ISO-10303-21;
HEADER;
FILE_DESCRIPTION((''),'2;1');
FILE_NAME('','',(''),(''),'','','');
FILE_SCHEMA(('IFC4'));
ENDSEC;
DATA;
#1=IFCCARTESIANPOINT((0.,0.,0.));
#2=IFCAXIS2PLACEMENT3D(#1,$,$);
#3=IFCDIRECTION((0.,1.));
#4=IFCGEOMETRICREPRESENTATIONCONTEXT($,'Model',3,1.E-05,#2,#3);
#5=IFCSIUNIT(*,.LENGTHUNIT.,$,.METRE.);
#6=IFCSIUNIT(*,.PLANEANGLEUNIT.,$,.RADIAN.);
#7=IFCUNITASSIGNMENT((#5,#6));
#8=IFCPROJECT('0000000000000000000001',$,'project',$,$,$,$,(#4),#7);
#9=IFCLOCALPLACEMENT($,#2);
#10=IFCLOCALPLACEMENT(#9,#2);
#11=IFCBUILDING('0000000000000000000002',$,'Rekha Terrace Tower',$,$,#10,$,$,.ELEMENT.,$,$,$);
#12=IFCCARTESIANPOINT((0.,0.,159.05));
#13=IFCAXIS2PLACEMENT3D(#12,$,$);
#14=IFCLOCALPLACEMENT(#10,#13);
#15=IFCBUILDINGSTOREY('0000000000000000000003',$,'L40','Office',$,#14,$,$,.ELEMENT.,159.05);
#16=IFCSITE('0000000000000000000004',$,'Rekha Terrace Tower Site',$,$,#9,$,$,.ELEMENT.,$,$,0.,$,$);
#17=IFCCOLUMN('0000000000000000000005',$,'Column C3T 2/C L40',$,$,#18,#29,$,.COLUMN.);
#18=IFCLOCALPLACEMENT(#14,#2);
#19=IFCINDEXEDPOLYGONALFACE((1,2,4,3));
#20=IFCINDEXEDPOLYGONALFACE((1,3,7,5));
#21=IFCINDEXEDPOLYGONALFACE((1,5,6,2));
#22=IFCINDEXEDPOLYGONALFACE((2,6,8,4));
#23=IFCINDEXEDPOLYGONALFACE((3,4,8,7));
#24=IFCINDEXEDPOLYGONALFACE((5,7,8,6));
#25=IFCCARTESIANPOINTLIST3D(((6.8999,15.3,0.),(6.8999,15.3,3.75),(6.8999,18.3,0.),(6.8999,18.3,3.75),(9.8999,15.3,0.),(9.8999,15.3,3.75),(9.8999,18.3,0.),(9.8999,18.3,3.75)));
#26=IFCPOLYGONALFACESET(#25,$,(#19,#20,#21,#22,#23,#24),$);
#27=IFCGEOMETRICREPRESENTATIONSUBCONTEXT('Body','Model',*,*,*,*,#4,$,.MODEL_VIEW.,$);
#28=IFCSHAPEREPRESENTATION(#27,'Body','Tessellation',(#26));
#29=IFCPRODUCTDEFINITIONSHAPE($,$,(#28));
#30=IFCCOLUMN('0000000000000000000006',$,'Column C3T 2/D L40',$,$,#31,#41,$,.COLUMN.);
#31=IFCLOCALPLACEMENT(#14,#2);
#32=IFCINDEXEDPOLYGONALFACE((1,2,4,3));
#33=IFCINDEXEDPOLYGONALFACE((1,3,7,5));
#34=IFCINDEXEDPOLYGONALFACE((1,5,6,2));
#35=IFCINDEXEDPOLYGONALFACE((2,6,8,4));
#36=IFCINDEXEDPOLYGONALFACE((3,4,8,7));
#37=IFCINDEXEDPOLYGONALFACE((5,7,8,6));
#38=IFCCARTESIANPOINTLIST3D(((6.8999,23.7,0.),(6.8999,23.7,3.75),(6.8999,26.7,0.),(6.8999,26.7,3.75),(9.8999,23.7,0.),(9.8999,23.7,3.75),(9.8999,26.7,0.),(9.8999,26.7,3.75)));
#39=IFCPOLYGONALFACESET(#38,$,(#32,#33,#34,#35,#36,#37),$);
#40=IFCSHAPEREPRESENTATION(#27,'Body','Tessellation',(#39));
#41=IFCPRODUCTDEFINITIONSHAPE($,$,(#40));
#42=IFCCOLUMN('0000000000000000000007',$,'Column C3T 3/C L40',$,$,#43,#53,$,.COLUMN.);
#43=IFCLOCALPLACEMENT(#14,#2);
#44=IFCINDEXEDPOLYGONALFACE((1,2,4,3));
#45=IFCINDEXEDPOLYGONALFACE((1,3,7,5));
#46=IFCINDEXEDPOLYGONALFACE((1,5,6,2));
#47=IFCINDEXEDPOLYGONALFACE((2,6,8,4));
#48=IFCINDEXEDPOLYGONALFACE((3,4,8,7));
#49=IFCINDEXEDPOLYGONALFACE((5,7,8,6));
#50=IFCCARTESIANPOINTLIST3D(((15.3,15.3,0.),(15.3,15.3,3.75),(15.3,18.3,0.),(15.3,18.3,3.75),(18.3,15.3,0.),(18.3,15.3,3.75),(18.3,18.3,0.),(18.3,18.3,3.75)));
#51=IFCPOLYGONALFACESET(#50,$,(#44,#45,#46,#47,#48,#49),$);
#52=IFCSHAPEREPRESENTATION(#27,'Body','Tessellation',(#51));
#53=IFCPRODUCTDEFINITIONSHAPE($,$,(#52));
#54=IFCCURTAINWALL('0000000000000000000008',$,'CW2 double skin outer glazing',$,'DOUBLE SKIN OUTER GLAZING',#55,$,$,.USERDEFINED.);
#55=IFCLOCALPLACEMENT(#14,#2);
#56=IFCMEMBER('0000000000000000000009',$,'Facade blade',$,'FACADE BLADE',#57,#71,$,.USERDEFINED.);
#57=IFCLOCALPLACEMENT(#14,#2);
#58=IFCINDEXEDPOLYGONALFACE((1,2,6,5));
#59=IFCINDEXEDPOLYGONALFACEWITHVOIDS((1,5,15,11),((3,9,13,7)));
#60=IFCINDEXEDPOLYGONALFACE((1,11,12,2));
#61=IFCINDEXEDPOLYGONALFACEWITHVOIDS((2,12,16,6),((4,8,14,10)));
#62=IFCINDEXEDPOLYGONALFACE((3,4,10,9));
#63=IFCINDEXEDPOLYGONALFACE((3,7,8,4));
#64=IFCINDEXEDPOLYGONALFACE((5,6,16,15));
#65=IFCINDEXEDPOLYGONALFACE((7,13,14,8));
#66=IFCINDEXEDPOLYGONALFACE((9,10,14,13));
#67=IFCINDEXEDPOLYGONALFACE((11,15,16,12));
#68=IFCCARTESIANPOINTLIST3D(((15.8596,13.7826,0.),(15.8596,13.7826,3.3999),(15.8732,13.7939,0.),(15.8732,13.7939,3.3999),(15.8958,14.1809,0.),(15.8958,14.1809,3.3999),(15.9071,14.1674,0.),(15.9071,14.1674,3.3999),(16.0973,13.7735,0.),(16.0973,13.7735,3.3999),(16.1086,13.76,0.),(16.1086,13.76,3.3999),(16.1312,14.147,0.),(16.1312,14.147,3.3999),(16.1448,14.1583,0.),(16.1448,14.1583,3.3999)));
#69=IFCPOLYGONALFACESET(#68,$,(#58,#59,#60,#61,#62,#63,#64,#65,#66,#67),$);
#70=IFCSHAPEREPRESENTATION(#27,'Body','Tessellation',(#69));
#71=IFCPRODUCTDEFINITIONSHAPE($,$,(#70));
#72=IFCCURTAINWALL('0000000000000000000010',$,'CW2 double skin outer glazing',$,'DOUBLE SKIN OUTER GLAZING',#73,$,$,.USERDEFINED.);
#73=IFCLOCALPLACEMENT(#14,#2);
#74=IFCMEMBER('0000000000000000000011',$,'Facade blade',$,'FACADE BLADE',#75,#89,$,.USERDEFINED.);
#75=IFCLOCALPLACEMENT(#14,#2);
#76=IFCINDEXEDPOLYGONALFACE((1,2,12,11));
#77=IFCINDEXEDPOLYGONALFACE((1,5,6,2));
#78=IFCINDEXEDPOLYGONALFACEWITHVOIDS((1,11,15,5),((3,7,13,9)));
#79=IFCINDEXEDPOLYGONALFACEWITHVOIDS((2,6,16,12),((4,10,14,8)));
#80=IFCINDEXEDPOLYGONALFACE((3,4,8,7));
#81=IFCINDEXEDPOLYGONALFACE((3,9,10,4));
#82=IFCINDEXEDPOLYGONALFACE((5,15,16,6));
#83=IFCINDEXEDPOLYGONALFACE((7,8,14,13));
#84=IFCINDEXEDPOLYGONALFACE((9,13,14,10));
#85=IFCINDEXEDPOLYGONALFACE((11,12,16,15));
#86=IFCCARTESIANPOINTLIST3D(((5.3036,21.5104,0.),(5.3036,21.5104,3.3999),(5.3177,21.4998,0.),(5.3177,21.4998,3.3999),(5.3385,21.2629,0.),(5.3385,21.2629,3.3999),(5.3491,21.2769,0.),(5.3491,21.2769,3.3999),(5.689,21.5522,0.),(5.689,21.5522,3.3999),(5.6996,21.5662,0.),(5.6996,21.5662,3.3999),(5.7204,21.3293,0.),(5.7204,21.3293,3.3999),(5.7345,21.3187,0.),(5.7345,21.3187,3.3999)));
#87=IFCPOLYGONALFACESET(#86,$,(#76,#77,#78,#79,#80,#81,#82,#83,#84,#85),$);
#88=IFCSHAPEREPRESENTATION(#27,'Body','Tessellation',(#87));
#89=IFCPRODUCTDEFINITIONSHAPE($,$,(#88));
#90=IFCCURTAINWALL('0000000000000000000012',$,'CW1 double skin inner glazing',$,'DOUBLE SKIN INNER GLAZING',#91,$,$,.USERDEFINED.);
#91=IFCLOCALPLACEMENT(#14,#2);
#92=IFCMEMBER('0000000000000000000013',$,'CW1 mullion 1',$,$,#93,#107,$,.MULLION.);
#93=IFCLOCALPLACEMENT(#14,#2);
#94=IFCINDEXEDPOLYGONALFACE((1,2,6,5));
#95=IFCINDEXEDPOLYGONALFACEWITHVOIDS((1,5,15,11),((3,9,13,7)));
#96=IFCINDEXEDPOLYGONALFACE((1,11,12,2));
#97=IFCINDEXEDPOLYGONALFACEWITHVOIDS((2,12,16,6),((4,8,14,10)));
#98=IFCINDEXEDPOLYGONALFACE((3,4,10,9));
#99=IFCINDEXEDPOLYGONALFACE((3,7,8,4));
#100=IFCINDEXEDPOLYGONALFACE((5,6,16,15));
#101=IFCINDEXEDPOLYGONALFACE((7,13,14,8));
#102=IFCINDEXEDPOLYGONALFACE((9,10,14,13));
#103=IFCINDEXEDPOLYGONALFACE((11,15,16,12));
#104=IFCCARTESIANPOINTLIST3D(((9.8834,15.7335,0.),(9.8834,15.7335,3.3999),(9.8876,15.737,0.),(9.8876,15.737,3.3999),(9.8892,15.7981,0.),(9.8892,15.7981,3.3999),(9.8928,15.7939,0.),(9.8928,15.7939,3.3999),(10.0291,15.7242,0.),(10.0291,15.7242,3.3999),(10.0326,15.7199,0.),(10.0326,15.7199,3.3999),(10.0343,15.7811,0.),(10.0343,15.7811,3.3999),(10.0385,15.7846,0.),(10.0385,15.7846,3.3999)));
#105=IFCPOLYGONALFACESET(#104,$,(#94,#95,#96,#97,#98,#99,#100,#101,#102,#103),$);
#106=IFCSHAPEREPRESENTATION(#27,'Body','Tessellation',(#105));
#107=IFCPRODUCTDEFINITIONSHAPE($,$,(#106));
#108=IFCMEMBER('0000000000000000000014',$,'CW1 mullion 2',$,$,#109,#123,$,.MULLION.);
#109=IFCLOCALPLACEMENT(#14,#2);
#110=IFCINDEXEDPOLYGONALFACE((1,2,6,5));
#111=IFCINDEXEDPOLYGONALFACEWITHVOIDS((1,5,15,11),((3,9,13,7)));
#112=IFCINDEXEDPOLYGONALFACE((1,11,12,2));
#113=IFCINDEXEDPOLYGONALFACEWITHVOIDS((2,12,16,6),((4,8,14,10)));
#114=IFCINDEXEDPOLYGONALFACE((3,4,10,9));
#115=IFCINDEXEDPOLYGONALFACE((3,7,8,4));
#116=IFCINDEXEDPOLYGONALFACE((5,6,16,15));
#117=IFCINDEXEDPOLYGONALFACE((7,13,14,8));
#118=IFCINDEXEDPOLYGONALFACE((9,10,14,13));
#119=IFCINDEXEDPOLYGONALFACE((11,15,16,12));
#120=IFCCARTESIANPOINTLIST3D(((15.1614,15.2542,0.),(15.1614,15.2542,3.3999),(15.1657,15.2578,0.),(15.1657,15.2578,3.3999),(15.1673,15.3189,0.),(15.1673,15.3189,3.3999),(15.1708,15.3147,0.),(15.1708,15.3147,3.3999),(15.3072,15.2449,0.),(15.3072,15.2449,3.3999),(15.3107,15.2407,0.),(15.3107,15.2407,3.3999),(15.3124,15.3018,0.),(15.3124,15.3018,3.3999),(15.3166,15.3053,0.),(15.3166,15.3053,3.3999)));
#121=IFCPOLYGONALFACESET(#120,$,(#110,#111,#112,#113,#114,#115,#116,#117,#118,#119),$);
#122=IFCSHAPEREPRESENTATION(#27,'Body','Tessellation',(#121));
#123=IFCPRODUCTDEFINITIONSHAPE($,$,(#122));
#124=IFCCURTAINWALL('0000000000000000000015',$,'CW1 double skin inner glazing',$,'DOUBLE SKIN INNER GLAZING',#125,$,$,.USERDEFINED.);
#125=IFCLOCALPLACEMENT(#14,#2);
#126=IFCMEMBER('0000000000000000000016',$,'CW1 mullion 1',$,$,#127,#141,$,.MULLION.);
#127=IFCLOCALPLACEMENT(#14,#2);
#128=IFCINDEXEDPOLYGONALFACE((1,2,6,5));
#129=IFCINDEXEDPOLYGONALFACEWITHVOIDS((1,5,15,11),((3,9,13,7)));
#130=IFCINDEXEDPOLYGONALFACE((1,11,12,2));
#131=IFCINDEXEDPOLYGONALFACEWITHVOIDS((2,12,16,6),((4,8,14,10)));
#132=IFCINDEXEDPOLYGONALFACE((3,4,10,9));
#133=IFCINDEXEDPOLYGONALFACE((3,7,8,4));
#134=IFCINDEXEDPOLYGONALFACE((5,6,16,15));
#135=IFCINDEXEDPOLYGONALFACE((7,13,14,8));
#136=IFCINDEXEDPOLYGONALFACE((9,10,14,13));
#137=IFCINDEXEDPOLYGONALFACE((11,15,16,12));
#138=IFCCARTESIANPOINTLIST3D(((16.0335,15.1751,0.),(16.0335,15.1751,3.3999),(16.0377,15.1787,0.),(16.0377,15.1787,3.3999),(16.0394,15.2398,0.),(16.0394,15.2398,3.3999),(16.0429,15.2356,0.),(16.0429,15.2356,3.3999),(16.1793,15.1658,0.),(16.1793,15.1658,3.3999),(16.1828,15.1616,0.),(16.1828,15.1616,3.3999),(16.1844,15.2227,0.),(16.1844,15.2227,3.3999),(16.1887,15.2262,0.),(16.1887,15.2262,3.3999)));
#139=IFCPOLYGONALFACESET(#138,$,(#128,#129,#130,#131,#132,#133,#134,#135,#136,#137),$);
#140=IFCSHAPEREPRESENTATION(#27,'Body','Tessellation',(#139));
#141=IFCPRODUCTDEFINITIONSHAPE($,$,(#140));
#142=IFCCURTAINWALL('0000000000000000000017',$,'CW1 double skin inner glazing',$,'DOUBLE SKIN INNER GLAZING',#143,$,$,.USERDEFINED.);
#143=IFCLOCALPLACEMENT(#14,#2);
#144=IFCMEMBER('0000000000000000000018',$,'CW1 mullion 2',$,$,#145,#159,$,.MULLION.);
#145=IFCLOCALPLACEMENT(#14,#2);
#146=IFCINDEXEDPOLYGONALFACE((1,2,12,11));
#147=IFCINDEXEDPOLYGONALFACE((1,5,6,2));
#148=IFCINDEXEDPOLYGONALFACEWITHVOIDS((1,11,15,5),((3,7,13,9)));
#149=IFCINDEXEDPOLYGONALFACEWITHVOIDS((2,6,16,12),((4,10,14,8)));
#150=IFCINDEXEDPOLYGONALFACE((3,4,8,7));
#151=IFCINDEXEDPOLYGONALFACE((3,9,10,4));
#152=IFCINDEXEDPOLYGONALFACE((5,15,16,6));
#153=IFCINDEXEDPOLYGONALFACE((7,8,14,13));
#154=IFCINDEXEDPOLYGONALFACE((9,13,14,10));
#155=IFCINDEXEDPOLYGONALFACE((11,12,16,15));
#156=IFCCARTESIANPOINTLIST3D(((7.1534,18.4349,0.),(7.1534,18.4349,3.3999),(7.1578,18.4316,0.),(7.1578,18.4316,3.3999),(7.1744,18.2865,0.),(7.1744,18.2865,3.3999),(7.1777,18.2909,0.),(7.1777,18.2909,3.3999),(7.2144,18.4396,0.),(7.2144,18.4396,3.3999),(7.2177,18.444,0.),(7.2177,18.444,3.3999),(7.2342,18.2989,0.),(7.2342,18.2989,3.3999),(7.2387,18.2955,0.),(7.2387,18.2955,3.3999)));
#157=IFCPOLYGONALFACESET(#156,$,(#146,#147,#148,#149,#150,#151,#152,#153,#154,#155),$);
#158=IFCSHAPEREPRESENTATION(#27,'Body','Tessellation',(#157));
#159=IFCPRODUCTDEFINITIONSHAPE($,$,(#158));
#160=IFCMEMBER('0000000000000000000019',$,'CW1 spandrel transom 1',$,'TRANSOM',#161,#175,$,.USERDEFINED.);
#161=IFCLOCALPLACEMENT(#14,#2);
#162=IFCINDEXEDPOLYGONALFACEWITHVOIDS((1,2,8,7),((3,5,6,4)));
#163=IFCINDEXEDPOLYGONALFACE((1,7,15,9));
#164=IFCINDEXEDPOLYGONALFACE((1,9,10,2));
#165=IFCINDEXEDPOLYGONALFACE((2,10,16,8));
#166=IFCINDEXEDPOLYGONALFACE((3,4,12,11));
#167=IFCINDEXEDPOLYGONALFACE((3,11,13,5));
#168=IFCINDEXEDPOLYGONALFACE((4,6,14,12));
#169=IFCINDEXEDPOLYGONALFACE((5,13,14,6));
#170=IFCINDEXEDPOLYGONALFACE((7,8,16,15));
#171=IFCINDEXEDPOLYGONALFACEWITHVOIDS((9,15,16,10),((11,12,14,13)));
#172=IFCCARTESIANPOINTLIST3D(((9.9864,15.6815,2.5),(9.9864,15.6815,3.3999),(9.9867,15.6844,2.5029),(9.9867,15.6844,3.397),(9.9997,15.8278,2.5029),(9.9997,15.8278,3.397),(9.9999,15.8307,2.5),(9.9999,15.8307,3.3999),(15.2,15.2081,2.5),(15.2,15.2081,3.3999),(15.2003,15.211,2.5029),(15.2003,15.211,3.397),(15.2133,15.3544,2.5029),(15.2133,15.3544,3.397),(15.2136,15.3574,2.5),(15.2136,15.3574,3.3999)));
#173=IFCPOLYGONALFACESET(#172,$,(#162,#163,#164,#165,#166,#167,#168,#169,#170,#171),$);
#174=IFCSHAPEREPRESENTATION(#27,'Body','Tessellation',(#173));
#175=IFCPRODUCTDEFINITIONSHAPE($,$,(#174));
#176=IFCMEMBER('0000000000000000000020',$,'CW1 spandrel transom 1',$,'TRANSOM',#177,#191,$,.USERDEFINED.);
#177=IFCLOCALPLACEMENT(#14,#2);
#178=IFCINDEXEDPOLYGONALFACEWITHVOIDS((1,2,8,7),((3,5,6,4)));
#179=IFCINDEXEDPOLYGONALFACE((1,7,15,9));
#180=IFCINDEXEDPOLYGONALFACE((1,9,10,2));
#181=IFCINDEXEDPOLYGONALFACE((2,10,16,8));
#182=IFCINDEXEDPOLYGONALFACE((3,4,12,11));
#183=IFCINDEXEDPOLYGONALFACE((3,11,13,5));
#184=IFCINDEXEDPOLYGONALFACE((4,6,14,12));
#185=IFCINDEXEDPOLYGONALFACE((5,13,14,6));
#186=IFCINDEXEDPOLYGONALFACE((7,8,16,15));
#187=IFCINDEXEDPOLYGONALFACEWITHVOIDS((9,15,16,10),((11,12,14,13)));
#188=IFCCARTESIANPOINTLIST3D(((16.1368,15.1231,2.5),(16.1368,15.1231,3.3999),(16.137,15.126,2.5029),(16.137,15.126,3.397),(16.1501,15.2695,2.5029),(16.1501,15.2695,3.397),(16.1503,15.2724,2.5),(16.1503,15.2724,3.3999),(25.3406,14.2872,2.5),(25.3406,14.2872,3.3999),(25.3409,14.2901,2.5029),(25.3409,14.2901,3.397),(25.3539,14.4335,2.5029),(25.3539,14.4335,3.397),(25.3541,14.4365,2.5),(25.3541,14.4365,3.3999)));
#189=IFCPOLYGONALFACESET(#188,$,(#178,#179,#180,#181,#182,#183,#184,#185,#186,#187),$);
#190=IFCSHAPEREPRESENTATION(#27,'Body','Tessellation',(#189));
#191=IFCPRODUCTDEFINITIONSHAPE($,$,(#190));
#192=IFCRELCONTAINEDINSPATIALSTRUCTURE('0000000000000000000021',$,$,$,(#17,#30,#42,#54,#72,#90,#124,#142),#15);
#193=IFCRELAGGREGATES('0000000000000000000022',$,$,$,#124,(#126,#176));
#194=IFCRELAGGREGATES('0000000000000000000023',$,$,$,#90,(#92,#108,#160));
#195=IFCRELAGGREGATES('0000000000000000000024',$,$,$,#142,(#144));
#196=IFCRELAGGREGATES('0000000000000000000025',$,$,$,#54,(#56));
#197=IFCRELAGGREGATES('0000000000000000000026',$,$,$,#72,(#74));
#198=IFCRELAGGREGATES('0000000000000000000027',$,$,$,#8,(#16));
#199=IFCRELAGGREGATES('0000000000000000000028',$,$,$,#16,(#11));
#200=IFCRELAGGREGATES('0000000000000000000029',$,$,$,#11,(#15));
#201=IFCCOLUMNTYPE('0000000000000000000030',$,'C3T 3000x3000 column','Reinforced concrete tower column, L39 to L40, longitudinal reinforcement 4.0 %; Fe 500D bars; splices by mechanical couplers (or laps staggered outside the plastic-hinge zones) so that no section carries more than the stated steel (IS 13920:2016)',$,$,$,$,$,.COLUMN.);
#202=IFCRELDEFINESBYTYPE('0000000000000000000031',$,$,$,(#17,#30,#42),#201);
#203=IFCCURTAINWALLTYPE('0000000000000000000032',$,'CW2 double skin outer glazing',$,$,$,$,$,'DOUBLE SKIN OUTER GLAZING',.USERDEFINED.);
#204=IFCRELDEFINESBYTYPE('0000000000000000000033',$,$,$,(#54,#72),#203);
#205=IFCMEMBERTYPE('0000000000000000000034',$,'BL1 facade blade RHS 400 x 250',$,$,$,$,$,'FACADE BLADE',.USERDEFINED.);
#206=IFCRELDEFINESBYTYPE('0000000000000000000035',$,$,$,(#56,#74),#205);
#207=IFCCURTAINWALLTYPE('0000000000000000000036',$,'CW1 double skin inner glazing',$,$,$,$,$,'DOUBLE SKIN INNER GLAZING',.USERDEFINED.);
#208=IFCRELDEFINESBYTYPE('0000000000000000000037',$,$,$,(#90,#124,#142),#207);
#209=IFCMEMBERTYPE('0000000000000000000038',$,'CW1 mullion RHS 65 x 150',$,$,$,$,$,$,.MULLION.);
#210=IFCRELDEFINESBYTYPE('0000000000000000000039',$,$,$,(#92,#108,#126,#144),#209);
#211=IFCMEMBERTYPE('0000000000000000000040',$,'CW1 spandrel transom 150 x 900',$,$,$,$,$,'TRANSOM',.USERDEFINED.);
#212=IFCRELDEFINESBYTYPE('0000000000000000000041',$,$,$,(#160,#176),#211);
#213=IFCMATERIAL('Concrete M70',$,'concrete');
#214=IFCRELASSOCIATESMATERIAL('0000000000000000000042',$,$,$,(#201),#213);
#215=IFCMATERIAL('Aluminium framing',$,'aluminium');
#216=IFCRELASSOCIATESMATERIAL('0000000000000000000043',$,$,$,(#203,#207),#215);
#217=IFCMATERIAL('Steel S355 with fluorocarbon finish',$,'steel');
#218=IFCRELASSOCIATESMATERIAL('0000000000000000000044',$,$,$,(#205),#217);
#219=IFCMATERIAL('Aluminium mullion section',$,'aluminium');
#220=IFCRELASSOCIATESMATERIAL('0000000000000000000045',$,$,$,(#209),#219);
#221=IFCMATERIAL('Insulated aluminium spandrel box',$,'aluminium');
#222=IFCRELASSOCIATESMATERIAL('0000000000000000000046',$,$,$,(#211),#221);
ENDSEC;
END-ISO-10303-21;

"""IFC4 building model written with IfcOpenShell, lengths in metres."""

from ifc_helpers import new_model, si_unit, direction, frame, origin, origin_2d, place, context, subcontext, project, spatial, rectangle, hollow_rectangle, extrude, material, material_profile, profile_set, type_object, element, aggregate, save


model = new_model("IFC4")

# Units and contexts
model_context = context("Model", 3, precision=1e-05, world=origin(), true_north=direction((0.0, 1.0)))
body_context = subcontext(model_context, "Body", "Model", "MODEL_VIEW")
ifc_project = project(units=[si_unit("LENGTHUNIT", "METRE"), si_unit("PLANEANGLEUNIT", "RADIAN")], contexts=[model_context])

# Site, building, storey
site_placement = place(None, origin())
site = spatial("IfcSite", under=ifc_project, at=site_placement, Name="Rekha Terrace Tower Site", CompositionType="ELEMENT", RefElevation=0.0)
building_placement = place(site_placement, origin())
building = spatial("IfcBuilding", under=site, at=building_placement, Name="Rekha Terrace Tower", CompositionType="ELEMENT")
storey_placement = place(building_placement, frame((0.0, 0.0, 159.05)))
storey = spatial("IfcBuildingStorey", under=building, at=storey_placement, Name="L40", Description="Office", CompositionType="ELEMENT", Elevation=159.05)

# Columns
ifc_material_1 = material(Name="Concrete M70", Category="concrete")
ifc_material_profile_1 = material_profile(ifc_material_1, rectangle(XDim=3.0, YDim=3.0, at=origin_2d()), Name="RC 3000x3000")
ifc_profile_set_1 = profile_set([ifc_material_profile_1], Name="Concrete M70")
column_type = type_object("IfcColumnType", Name="C3T 3000x3000 column", Description="Reinforced concrete tower column, L39 to L40, longitudinal reinforcement 4.0 %; Fe 500D bars; splices by mechanical couplers (or laps staggered outside the plastic-hinge zones) so that no section carries more than the stated steel (IS 13920:2016)", PredefinedType="COLUMN", material=ifc_profile_set_1)
for number, where, z_axis, x_axis, name in (
    (1, (8.3999, 16.8, 0.0), (0.0, 0.0, 1.0), (1.0, 0.0, 0.0), "Column C3T 2/C L40"),
    (2, (8.3999, 25.2, 0.0), (0.0, 0.0, 1.0), (1.0, 0.0, 0.0), "Column C3T 2/D L40"),
    (3, (16.8, 16.8, 0.0), (0.0, 0.0, 1.0), (1.0, 0.0, 0.0), "Column C3T 3/C L40"),
):
    element("IfcColumn", number, at=place(storey_placement, frame(where, z_axis=z_axis, x_axis=x_axis)), inside=storey, type_object=column_type, Name=name, PredefinedType="COLUMN", context=body_context, shape_type="SweptSolid", body=[
        extrude(rectangle(XDim=3.0, YDim=3.0, at=origin_2d()), origin(), (0.0, 0.0, 1.0), 3.75),
    ])

# Curtain walls, members
ifc_material_2 = material(Name="Aluminium framing", Category="aluminium")
curtain_wall_type_1 = type_object("IfcCurtainWallType", Name="CW2 double skin outer glazing", ElementType="DOUBLE SKIN OUTER GLAZING", PredefinedType="USERDEFINED", material=ifc_material_2)
curtain_wall_1_placement = place(storey_placement, origin())
curtain_wall_1 = element("IfcCurtainWall", 4, at=curtain_wall_1_placement, inside=storey, type_object=curtain_wall_type_1, Name="CW2 double skin outer glazing", ObjectType="DOUBLE SKIN OUTER GLAZING", PredefinedType="USERDEFINED")
ifc_material_3 = material(Name="Steel S355 with fluorocarbon finish", Category="steel")
ifc_material_profile_2 = material_profile(ifc_material_3, hollow_rectangle(XDim=0.25, YDim=0.3999, WallThickness=0.0125, at=origin_2d()), Name="RHS400x250x12.5")
ifc_profile_set_2 = profile_set([ifc_material_profile_2], Name="Steel S355 with fluorocarbon finish")
member_type_1 = type_object("IfcMemberType", Name="BL1 facade blade RHS 400 x 250", ElementType="FACADE BLADE", PredefinedType="USERDEFINED", material=ifc_profile_set_2)
member_1_placement = place(storey_placement, frame((16.0022, 13.9705, 0.0), z_axis=(0.0, 0.0, 1.0), x_axis=(0.995902, -0.09044, 0.0)))
member_1 = element("IfcMember", 5, at=member_1_placement, type_object=member_type_1, Name="Facade blade", ObjectType="FACADE BLADE", PredefinedType="USERDEFINED", context=body_context, shape_type="SweptSolid", body=[
    extrude(hollow_rectangle(XDim=0.25, YDim=0.3999, WallThickness=0.0125, at=origin_2d()), origin(), (0.0, 0.0, 1.0), 3.3999),
])
curtain_wall_2_placement = place(storey_placement, origin())
curtain_wall_2 = element("IfcCurtainWall", 6, at=curtain_wall_2_placement, inside=storey, type_object=curtain_wall_type_1, Name="CW2 double skin outer glazing", ObjectType="DOUBLE SKIN OUTER GLAZING", PredefinedType="USERDEFINED")
member_2_placement = place(storey_placement, frame((5.519, 21.4146, 0.0), z_axis=(0.0, 0.0, 1.0), x_axis=(0.139597, -0.990208, 0.0)))
member_2 = element("IfcMember", 7, at=member_2_placement, type_object=member_type_1, Name="Facade blade", ObjectType="FACADE BLADE", PredefinedType="USERDEFINED", context=body_context, shape_type="SweptSolid", body=[
    extrude(hollow_rectangle(XDim=0.25, YDim=0.3999, WallThickness=0.0125, at=origin_2d()), origin(), (0.0, 0.0, 1.0), 3.3999),
])

# Curtain wall, members
curtain_wall_type_2 = type_object("IfcCurtainWallType", Name="CW1 double skin inner glazing", ElementType="DOUBLE SKIN INNER GLAZING", PredefinedType="USERDEFINED", material=ifc_material_2)
curtain_wall_3_placement = place(storey_placement, origin())
curtain_wall_3 = element("IfcCurtainWall", 8, at=curtain_wall_3_placement, inside=storey, type_object=curtain_wall_type_2, Name="CW1 double skin inner glazing", ObjectType="DOUBLE SKIN INNER GLAZING", PredefinedType="USERDEFINED")
ifc_material_4 = material(Name="Aluminium mullion section", Category="aluminium")
ifc_material_profile_3 = material_profile(ifc_material_4, hollow_rectangle(XDim=0.0649, YDim=0.1499, WallThickness=0.0039, at=origin_2d()), Name="AL RHS 65x150")
ifc_profile_set_3 = profile_set([ifc_material_profile_3], Name="Aluminium mullion section")
member_type_2 = type_object("IfcMemberType", Name="CW1 mullion RHS 65 x 150", PredefinedType="MULLION", material=ifc_profile_set_3)
member_3_placement = place(storey_placement, frame((9.9609, 15.759, 0.0), z_axis=(0.0, 0.0, 1.0), x_axis=(0.09044, 0.995902, 0.0)))
member_3 = element("IfcMember", 9, at=member_3_placement, type_object=member_type_2, Name="CW1 mullion 1", PredefinedType="MULLION", context=body_context, shape_type="SweptSolid", body=[
    extrude(hollow_rectangle(XDim=0.0649, YDim=0.1499, WallThickness=0.0039, at=origin_2d()), origin(), (0.0, 0.0, 1.0), 3.3999),
])
member_4_placement = place(storey_placement, frame((15.239, 15.2798, 0.0), z_axis=(0.0, 0.0, 1.0), x_axis=(0.09044, 0.995902, 0.0)))
member_4 = element("IfcMember", 10, at=member_4_placement, type_object=member_type_2, Name="CW1 mullion 2", PredefinedType="MULLION", context=body_context, shape_type="SweptSolid", body=[
    extrude(hollow_rectangle(XDim=0.0649, YDim=0.1499, WallThickness=0.0039, at=origin_2d()), origin(), (0.0, 0.0, 1.0), 3.3999),
])

# Curtain walls, members
curtain_wall_4_placement = place(storey_placement, origin())
curtain_wall_4 = element("IfcCurtainWall", 11, at=curtain_wall_4_placement, inside=storey, type_object=curtain_wall_type_2, Name="CW1 double skin inner glazing", ObjectType="DOUBLE SKIN INNER GLAZING", PredefinedType="USERDEFINED")
member_5_placement = place(storey_placement, frame((16.1111, 15.2007, 0.0), z_axis=(0.0, 0.0, 1.0), x_axis=(0.09044, 0.995902, 0.0)))
member_5 = element("IfcMember", 12, at=member_5_placement, type_object=member_type_2, Name="CW1 mullion 1", PredefinedType="MULLION", context=body_context, shape_type="SweptSolid", body=[
    extrude(hollow_rectangle(XDim=0.0649, YDim=0.1499, WallThickness=0.0039, at=origin_2d()), origin(), (0.0, 0.0, 1.0), 3.3999),
])
curtain_wall_5_placement = place(storey_placement, origin())
curtain_wall_5 = element("IfcCurtainWall", 13, at=curtain_wall_5_placement, inside=storey, type_object=curtain_wall_type_2, Name="CW1 double skin inner glazing", ObjectType="DOUBLE SKIN INNER GLAZING", PredefinedType="USERDEFINED")
member_6_placement = place(storey_placement, frame((7.196, 18.3652, 0.0), z_axis=(0.0, 0.0, 1.0), x_axis=(0.990208, 0.139597, 0.0)))
member_6 = element("IfcMember", 14, at=member_6_placement, type_object=member_type_2, Name="CW1 mullion 2", PredefinedType="MULLION", context=body_context, shape_type="SweptSolid", body=[
    extrude(hollow_rectangle(XDim=0.0649, YDim=0.1499, WallThickness=0.0039, at=origin_2d()), origin(), (0.0, 0.0, 1.0), 3.3999),
])

# Members
ifc_material_5 = material(Name="Insulated aluminium spandrel box", Category="aluminium")
ifc_material_profile_4 = material_profile(ifc_material_5, hollow_rectangle(XDim=0.1499, YDim=0.8999, WallThickness=0.0029, at=origin_2d()), Name="AL SPANDREL BOX 150x900")
ifc_profile_set_4 = profile_set([ifc_material_profile_4], Name="Insulated aluminium spandrel box")
member_type_3 = type_object("IfcMemberType", Name="CW1 spandrel transom 150 x 900", ElementType="TRANSOM", PredefinedType="USERDEFINED", material=ifc_profile_set_4)
member_7_placement = place(storey_placement, frame((9.9932, 15.7561, 2.95), z_axis=(0.995903, -0.090426, 0.0), x_axis=(0.090426, 0.995903, 0.0)))
member_7 = element("IfcMember", 15, at=member_7_placement, type_object=member_type_3, Name="CW1 spandrel transom 1", ObjectType="TRANSOM", PredefinedType="USERDEFINED", context=body_context, shape_type="SweptSolid", body=[
    extrude(hollow_rectangle(XDim=0.1499, YDim=0.8999, WallThickness=0.0029, at=origin_2d()), origin(), (0.0, 0.0, 1.0), 5.2351),
])
member_8_placement = place(storey_placement, frame((16.1436, 15.1978, 2.95), z_axis=(0.995901, -0.090452, 0.0), x_axis=(0.090452, 0.995901, 0.0)))
member_8 = element("IfcMember", 16, at=member_8_placement, type_object=member_type_3, Name="CW1 spandrel transom 1", ObjectType="TRANSOM", PredefinedType="USERDEFINED", context=body_context, shape_type="SweptSolid", body=[
    extrude(hollow_rectangle(XDim=0.1499, YDim=0.8999, WallThickness=0.0029, at=origin_2d()), origin(), (0.0, 0.0, 1.0), 9.2417),
])
aggregate(curtain_wall_4, [member_5, member_8])

aggregate(curtain_wall_3, [member_3, member_4, member_7])
aggregate(curtain_wall_5, [member_6])
aggregate(curtain_wall_1, [member_1])
aggregate(curtain_wall_2, [member_2])

save(model, "model.ifc")
